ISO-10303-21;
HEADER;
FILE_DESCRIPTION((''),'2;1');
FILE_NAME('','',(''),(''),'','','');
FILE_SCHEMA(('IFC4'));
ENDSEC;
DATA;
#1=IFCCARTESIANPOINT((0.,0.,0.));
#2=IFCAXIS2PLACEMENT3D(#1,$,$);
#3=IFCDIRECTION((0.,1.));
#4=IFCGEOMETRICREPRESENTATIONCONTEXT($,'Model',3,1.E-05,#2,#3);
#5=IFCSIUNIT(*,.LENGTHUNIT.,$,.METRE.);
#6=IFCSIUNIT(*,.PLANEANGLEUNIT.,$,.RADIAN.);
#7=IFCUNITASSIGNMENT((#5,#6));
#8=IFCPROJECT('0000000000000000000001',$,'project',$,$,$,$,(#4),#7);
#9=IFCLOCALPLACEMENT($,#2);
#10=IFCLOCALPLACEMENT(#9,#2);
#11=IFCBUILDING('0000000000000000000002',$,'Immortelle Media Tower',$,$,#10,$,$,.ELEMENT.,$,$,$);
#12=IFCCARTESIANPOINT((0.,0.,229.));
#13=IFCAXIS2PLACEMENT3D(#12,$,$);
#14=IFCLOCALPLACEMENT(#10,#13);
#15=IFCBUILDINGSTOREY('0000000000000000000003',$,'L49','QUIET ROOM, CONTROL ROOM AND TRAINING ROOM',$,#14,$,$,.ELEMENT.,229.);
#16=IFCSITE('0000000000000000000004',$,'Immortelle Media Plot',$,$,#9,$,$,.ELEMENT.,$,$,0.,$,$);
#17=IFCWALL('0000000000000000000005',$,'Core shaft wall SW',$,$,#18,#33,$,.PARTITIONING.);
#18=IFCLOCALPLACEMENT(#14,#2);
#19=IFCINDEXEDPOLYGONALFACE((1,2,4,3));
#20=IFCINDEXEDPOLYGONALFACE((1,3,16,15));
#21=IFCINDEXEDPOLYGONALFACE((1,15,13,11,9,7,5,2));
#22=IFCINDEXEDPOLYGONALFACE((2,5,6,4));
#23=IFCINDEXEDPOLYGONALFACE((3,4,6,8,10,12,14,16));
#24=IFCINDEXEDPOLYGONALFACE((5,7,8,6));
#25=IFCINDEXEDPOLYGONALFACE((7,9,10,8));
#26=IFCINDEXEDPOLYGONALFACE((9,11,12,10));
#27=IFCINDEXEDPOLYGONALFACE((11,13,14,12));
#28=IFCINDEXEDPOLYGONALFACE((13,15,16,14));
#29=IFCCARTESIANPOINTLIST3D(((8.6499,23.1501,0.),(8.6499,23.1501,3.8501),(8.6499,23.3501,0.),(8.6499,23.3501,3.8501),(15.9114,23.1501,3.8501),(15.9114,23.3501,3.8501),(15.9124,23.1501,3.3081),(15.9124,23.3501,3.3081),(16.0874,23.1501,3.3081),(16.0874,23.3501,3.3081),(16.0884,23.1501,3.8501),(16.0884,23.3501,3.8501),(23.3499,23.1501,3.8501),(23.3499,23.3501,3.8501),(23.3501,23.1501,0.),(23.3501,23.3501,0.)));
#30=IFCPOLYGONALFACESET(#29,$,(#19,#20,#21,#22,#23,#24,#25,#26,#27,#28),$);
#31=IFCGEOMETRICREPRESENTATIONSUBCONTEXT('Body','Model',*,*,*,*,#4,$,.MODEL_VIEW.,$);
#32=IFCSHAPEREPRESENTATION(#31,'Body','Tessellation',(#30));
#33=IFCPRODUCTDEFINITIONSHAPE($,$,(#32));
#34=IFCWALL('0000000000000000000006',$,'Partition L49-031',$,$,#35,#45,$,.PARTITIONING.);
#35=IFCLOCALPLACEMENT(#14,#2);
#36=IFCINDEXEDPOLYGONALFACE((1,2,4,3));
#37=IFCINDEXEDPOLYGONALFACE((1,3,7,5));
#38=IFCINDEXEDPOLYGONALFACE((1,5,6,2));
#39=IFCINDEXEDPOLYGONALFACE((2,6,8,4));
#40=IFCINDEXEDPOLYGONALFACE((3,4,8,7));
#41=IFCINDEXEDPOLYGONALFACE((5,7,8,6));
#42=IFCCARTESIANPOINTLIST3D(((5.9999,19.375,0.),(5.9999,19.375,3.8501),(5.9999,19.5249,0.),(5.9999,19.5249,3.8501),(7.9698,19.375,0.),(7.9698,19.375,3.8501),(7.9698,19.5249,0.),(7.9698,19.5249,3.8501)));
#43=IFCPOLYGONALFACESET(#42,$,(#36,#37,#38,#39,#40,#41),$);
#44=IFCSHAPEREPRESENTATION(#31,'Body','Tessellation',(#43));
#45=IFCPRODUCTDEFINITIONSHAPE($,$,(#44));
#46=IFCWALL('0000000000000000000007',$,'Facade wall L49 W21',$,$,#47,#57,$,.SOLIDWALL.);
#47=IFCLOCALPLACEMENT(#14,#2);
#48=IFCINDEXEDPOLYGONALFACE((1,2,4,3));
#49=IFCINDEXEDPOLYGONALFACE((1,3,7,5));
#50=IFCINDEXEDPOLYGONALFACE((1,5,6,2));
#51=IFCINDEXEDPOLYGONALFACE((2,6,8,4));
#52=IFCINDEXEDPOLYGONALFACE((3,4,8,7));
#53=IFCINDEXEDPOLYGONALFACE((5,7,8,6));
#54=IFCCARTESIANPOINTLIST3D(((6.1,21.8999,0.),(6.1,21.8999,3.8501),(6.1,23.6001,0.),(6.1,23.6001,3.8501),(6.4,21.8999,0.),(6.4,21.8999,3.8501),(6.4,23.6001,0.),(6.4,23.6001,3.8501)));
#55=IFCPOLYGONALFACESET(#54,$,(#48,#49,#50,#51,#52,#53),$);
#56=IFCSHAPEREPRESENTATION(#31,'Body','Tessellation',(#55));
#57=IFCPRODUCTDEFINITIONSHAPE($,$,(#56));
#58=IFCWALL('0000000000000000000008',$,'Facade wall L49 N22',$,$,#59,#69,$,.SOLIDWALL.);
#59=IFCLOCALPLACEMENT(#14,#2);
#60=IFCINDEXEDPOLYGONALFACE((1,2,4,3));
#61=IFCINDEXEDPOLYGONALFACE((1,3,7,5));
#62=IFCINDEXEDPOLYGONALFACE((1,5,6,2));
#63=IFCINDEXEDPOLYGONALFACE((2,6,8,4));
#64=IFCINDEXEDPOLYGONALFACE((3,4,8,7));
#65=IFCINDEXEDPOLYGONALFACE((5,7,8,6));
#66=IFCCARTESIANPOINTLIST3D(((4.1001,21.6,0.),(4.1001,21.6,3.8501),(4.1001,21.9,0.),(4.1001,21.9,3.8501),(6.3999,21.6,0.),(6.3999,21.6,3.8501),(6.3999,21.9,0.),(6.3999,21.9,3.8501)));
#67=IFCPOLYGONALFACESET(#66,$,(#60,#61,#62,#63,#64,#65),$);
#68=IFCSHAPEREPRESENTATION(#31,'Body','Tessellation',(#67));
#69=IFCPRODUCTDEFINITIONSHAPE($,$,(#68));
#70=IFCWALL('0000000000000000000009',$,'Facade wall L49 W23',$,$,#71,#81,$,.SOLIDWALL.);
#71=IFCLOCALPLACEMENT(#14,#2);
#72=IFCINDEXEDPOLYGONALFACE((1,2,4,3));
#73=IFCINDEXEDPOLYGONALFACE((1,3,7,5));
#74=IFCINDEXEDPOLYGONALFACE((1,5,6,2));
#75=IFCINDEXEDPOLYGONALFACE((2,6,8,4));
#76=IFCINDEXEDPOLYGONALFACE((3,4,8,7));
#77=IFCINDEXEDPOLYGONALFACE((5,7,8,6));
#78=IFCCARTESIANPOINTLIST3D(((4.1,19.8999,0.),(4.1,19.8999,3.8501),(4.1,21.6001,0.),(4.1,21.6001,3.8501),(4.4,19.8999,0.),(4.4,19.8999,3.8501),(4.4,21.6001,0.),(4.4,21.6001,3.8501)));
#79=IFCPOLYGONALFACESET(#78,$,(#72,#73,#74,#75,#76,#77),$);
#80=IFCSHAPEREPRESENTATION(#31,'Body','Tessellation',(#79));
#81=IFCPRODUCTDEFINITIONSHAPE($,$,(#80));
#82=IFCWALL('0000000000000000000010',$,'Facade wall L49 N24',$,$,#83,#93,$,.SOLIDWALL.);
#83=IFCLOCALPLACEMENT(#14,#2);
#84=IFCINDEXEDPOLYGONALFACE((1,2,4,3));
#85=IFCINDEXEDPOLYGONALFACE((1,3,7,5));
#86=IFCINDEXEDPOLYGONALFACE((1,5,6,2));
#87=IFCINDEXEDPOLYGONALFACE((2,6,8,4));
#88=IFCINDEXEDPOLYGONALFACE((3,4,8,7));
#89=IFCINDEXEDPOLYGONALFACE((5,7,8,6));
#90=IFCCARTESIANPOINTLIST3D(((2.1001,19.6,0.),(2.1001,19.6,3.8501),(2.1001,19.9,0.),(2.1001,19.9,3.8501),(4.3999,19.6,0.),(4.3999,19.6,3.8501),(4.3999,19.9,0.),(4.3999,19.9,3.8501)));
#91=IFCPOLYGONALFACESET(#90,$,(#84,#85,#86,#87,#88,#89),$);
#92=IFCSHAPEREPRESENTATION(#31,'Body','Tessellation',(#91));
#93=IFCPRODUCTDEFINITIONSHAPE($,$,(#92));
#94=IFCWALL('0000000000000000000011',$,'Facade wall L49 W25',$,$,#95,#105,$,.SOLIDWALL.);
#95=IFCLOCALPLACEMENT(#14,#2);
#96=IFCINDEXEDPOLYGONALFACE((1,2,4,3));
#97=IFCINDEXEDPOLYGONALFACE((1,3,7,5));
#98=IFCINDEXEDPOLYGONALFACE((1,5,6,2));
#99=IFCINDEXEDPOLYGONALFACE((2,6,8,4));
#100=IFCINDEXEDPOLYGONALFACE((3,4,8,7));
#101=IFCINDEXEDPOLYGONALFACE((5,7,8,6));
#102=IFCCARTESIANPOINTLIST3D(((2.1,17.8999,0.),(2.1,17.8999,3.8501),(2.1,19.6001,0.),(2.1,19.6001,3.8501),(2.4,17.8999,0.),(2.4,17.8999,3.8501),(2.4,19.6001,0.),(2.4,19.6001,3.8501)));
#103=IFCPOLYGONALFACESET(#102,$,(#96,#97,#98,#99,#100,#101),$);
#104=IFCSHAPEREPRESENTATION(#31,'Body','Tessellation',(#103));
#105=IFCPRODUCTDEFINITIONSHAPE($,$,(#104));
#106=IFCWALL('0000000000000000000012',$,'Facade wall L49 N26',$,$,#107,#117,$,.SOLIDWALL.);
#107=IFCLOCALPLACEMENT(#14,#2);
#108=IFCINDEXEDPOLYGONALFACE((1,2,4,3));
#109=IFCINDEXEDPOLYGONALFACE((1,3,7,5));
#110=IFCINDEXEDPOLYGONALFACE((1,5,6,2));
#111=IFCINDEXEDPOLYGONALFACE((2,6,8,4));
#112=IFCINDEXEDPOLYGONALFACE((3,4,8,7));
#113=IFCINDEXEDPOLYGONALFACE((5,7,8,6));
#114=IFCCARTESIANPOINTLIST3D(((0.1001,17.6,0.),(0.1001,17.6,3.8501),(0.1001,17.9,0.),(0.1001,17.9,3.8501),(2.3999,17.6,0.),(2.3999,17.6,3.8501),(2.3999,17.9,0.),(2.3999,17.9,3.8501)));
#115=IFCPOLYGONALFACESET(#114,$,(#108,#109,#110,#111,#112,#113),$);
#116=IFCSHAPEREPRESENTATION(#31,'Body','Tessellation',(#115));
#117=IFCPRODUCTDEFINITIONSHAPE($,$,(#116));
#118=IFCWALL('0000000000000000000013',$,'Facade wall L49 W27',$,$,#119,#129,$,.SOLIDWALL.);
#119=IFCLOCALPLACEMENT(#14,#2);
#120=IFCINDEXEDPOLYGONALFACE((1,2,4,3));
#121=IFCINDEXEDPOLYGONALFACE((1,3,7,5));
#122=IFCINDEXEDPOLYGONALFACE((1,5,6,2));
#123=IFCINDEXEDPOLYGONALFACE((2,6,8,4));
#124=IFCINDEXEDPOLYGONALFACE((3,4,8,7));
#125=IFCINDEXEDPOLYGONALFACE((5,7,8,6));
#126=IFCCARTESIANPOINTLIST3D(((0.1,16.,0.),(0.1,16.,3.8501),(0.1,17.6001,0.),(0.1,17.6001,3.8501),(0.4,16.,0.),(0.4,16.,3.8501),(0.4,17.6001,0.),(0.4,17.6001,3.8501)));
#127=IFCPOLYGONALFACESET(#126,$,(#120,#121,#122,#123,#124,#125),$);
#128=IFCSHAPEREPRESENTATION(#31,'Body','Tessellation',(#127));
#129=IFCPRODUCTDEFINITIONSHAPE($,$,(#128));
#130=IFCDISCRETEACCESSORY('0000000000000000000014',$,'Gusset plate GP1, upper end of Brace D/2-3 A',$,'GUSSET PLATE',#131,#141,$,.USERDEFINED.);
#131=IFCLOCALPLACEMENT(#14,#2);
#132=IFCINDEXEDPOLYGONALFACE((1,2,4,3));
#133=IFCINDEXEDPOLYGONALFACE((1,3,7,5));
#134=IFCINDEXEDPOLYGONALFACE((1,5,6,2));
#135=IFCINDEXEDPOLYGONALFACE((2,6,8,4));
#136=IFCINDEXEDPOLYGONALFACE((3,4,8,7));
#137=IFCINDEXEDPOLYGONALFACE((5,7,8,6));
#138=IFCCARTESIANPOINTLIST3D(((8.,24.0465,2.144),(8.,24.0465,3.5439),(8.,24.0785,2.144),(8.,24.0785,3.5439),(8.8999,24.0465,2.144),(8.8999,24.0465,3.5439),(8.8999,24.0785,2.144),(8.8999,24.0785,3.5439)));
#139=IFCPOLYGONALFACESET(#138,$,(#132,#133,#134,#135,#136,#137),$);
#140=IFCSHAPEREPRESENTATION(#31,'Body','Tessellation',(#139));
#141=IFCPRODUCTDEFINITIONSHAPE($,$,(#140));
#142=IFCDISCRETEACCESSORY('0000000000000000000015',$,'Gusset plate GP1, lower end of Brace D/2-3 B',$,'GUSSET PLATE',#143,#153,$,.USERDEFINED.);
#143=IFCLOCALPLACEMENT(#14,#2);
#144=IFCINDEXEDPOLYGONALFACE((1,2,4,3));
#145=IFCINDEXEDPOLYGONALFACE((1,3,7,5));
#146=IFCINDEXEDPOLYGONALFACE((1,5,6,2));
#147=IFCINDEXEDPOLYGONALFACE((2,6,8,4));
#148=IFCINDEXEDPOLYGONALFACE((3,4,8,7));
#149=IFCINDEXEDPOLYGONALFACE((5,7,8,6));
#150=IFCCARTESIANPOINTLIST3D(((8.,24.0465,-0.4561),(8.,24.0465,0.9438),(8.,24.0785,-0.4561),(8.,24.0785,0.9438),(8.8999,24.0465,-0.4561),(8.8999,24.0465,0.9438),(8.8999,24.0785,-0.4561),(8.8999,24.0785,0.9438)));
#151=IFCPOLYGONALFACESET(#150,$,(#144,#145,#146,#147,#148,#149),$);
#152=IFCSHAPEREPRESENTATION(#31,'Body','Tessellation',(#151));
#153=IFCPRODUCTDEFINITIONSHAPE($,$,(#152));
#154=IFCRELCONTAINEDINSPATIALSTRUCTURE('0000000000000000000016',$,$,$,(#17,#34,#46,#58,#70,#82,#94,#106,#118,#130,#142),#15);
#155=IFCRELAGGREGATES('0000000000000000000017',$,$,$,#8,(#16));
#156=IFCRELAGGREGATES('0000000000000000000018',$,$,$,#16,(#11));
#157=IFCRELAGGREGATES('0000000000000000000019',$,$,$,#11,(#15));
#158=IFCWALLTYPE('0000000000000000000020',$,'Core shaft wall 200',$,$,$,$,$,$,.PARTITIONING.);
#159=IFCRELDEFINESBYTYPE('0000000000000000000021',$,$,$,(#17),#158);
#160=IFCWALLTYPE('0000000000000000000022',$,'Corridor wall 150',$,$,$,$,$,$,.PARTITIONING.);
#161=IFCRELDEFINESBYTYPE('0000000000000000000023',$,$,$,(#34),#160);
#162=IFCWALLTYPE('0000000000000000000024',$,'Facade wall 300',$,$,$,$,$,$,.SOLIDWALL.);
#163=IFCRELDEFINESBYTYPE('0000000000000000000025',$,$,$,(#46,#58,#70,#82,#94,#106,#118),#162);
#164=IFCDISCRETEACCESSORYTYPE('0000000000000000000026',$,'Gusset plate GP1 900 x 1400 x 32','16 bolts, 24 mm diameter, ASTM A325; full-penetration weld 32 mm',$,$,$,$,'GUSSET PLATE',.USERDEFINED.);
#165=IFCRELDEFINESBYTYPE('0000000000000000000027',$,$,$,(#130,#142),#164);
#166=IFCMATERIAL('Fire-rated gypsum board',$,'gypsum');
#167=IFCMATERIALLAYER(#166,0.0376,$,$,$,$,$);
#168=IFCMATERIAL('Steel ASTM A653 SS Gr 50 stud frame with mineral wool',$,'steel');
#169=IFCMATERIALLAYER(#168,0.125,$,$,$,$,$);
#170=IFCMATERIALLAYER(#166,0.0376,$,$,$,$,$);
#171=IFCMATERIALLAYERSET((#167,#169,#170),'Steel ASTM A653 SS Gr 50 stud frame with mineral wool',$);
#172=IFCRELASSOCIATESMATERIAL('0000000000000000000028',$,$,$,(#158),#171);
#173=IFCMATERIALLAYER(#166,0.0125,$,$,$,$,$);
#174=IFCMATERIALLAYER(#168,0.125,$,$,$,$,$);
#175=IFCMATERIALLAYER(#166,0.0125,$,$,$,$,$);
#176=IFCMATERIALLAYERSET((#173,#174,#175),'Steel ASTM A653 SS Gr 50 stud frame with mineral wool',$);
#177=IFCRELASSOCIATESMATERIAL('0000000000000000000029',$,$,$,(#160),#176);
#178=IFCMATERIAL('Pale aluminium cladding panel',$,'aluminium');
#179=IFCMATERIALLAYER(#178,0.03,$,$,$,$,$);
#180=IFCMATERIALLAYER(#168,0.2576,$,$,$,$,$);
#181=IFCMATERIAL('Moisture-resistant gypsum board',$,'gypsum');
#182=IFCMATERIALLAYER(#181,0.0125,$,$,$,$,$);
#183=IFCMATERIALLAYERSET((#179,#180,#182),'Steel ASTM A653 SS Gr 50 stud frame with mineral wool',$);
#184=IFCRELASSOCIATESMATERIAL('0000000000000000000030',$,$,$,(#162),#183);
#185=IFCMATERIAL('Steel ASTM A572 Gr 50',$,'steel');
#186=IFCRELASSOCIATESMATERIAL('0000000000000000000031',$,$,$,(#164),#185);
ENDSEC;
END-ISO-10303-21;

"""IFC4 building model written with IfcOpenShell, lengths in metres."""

from ifc_helpers import new_model, si_unit, direction, frame, frame_2d, origin, origin_2d, place, context, subcontext, project, spatial, polyline, rectangle, outline, extrude, material, layer, layer_set, material_profile, profile_set, type_object, element, save


model = new_model("IFC4")

# Units and contexts
model_context = context("Model", 3, precision=1e-05, world=origin(), true_north=direction((0.0, 1.0)))
body_context = subcontext(model_context, "Body", "Model", "MODEL_VIEW")
ifc_project = project(units=[si_unit("LENGTHUNIT", "METRE"), si_unit("PLANEANGLEUNIT", "RADIAN")], contexts=[model_context])

# Site, building, storey
site_placement = place(None, origin())
site = spatial("IfcSite", under=ifc_project, at=site_placement, Name="Immortelle Media Plot", CompositionType="ELEMENT", RefElevation=0.0)
building_placement = place(site_placement, origin())
building = spatial("IfcBuilding", under=site, at=building_placement, Name="Immortelle Media Tower", CompositionType="ELEMENT")
storey_placement = place(building_placement, frame((0.0, 0.0, 229.0)))
storey = spatial("IfcBuildingStorey", under=building, at=storey_placement, Name="L49", Description="QUIET ROOM, CONTROL ROOM AND TRAINING ROOM", CompositionType="ELEMENT", Elevation=229.0)

# Walls
ifc_material_1 = material(Name="Fire-rated gypsum board", Category="gypsum")
ifc_layer_1 = layer(ifc_material_1, 0.0376)
ifc_material_2 = material(Name="Steel ASTM A653 SS Gr 50 stud frame with mineral wool", Category="steel")
ifc_layer_2 = layer(ifc_material_2, 0.125)
ifc_layer_3 = layer(ifc_material_1, 0.0376)
ifc_layer_set_1 = layer_set([ifc_layer_1, ifc_layer_2, ifc_layer_3], Name="Steel ASTM A653 SS Gr 50 stud frame with mineral wool")
wall_type_1 = type_object("IfcWallType", Name="Core shaft wall 200", PredefinedType="PARTITIONING", material=ifc_layer_set_1)
wall_1_placement = place(storey_placement, frame((8.6499, 23.25, 0.0), z_axis=(0.0, 0.0, 1.0), x_axis=(1.0, 0.0, 0.0)))
element("IfcWall", 1, at=wall_1_placement, inside=storey, type_object=wall_type_1, Name="Core shaft wall SW", PredefinedType="PARTITIONING", context=body_context, shape_type="SweptSolid", body=[
    extrude(outline(polyline([(0.0, 0.0), (14.7002, 0.0), (14.7, 3.8501), (7.4385, 3.8501), (7.4375, 3.3081), (7.2625, 3.3081), (7.2615, 3.8501), (0.0, 3.8501), (0.0, 0.0)])), frame((0.0, 0.1001, 0.0), z_axis=(0.0, -1.0, 0.0), x_axis=(1.0, 0.0, 0.0)), (0.0, 0.0, 1.0), 0.2),
])
ifc_layer_4 = layer(ifc_material_1, 0.0125)
ifc_layer_5 = layer(ifc_material_2, 0.125)
ifc_layer_6 = layer(ifc_material_1, 0.0125)
ifc_layer_set_2 = layer_set([ifc_layer_4, ifc_layer_5, ifc_layer_6], Name="Steel ASTM A653 SS Gr 50 stud frame with mineral wool")
wall_type_2 = type_object("IfcWallType", Name="Corridor wall 150", PredefinedType="PARTITIONING", material=ifc_layer_set_2)
wall_2_placement = place(storey_placement, frame((6.0, 19.45, 0.0), z_axis=(0.0, 0.0, 1.0), x_axis=(1.0, 0.0, 0.0)))
element("IfcWall", 2, at=wall_2_placement, inside=storey, type_object=wall_type_2, Name="Partition L49-031", PredefinedType="PARTITIONING", context=body_context, shape_type="SweptSolid", body=[
    extrude(rectangle(XDim=1.97, YDim=0.1499, at=frame_2d((0.9849, 0.0))), origin(), (0.0, 0.0, 1.0), 3.8501),
])
ifc_material_3 = material(Name="Pale aluminium cladding panel", Category="aluminium")
ifc_layer_7 = layer(ifc_material_3, 0.03)
ifc_layer_8 = layer(ifc_material_2, 0.2576)
ifc_material_4 = material(Name="Moisture-resistant gypsum board", Category="gypsum")
ifc_layer_9 = layer(ifc_material_4, 0.0125)
ifc_layer_set_3 = layer_set([ifc_layer_7, ifc_layer_8, ifc_layer_9], Name="Steel ASTM A653 SS Gr 50 stud frame with mineral wool")
wall_type_3 = type_object("IfcWallType", Name="Facade wall 300", PredefinedType="SOLIDWALL", material=ifc_layer_set_3)
wall_3_placement = place(storey_placement, frame((6.25, 23.6001, 0.0), z_axis=(0.0, 0.0, 1.0), x_axis=(0.0, -1.0, 0.0)))
element("IfcWall", 3, at=wall_3_placement, inside=storey, type_object=wall_type_3, Name="Facade wall L49 W21", PredefinedType="SOLIDWALL", context=body_context, shape_type="SweptSolid", body=[
    extrude(rectangle(XDim=1.7002, YDim=0.3, at=frame_2d((0.8501, 0.0))), origin(), (0.0, 0.0, 1.0), 3.8501),
])
wall_4_placement = place(storey_placement, frame((6.3999, 21.75, 0.0), z_axis=(0.0, 0.0, 1.0), x_axis=(-1.0, 0.0, 0.0)))
element("IfcWall", 4, at=wall_4_placement, inside=storey, type_object=wall_type_3, Name="Facade wall L49 N22", PredefinedType="SOLIDWALL", context=body_context, shape_type="SweptSolid", body=[
    extrude(rectangle(XDim=2.2998, YDim=0.3, at=frame_2d((1.1499, 0.0))), origin(), (0.0, 0.0, 1.0), 3.8501),
])
wall_5_placement = place(storey_placement, frame((4.25, 21.6001, 0.0), z_axis=(0.0, 0.0, 1.0), x_axis=(0.0, -1.0, 0.0)))
element("IfcWall", 5, at=wall_5_placement, inside=storey, type_object=wall_type_3, Name="Facade wall L49 W23", PredefinedType="SOLIDWALL", context=body_context, shape_type="SweptSolid", body=[
    extrude(rectangle(XDim=1.7002, YDim=0.3, at=frame_2d((0.8501, 0.0))), origin(), (0.0, 0.0, 1.0), 3.8501),
])
wall_6_placement = place(storey_placement, frame((4.3999, 19.75, 0.0), z_axis=(0.0, 0.0, 1.0), x_axis=(-1.0, 0.0, 0.0)))
element("IfcWall", 6, at=wall_6_placement, inside=storey, type_object=wall_type_3, Name="Facade wall L49 N24", PredefinedType="SOLIDWALL", context=body_context, shape_type="SweptSolid", body=[
    extrude(rectangle(XDim=2.2998, YDim=0.3, at=frame_2d((1.1499, 0.0))), origin(), (0.0, 0.0, 1.0), 3.8501),
])
wall_7_placement = place(storey_placement, frame((2.25, 19.6001, 0.0), z_axis=(0.0, 0.0, 1.0), x_axis=(0.0, -1.0, 0.0)))
element("IfcWall", 7, at=wall_7_placement, inside=storey, type_object=wall_type_3, Name="Facade wall L49 W25", PredefinedType="SOLIDWALL", context=body_context, shape_type="SweptSolid", body=[
    extrude(rectangle(XDim=1.7002, YDim=0.3, at=frame_2d((0.8501, 0.0))), origin(), (0.0, 0.0, 1.0), 3.8501),
])
wall_8_placement = place(storey_placement, frame((2.3999, 17.75, 0.0), z_axis=(0.0, 0.0, 1.0), x_axis=(-1.0, 0.0, 0.0)))
element("IfcWall", 8, at=wall_8_placement, inside=storey, type_object=wall_type_3, Name="Facade wall L49 N26", PredefinedType="SOLIDWALL", context=body_context, shape_type="SweptSolid", body=[
    extrude(rectangle(XDim=2.2998, YDim=0.3, at=frame_2d((1.1499, 0.0))), origin(), (0.0, 0.0, 1.0), 3.8501),
])
wall_9_placement = place(storey_placement, frame((0.25, 17.6001, 0.0), z_axis=(0.0, 0.0, 1.0), x_axis=(0.0, -1.0, 0.0)))
element("IfcWall", 9, at=wall_9_placement, inside=storey, type_object=wall_type_3, Name="Facade wall L49 W27", PredefinedType="SOLIDWALL", context=body_context, shape_type="SweptSolid", body=[
    extrude(rectangle(XDim=1.6001, YDim=0.3, at=frame_2d((0.8, 0.0))), origin(), (0.0, 0.0, 1.0), 3.8501),
])

# Discrete accessories
ifc_material_5 = material(Name="Steel ASTM A572 Gr 50", Category="steel")
ifc_material_profile_1 = material_profile(ifc_material_5, rectangle(XDim=0.032, YDim=1.3999, at=origin_2d()), Name="PL 32 x 1400")
ifc_profile_set_1 = profile_set([ifc_material_profile_1], Name="Steel ASTM A572 Gr 50")
discrete_accessory_type = type_object("IfcDiscreteAccessoryType", Name="Gusset plate GP1 900 x 1400 x 32", Description="16 bolts, 24 mm diameter, ASTM A325; full-penetration weld 32 mm", ElementType="GUSSET PLATE", PredefinedType="USERDEFINED", material=ifc_profile_set_1)
for number, where, z_axis, x_axis, name in (
    (10, (8.0, 24.0625, 2.844), (1.0, 0.0, 0.0), (0.0, 1.0, 0.0), "Gusset plate GP1, upper end of Brace D/2-3 A"),
    (11, (8.0, 24.0625, 0.2439), (1.0, 0.0, 0.0), (0.0, 1.0, 0.0), "Gusset plate GP1, lower end of Brace D/2-3 B"),
):
    element("IfcDiscreteAccessory", number, at=place(storey_placement, frame(where, z_axis=z_axis, x_axis=x_axis)), inside=storey, type_object=discrete_accessory_type, Name=name, ObjectType="GUSSET PLATE", PredefinedType="USERDEFINED", context=body_context, shape_type="SweptSolid", body=[
        extrude(rectangle(XDim=0.032, YDim=1.3999, at=origin_2d()), origin(), (0.0, 0.0, 1.0), 0.8999),
    ])

save(model, "model.ifc")
